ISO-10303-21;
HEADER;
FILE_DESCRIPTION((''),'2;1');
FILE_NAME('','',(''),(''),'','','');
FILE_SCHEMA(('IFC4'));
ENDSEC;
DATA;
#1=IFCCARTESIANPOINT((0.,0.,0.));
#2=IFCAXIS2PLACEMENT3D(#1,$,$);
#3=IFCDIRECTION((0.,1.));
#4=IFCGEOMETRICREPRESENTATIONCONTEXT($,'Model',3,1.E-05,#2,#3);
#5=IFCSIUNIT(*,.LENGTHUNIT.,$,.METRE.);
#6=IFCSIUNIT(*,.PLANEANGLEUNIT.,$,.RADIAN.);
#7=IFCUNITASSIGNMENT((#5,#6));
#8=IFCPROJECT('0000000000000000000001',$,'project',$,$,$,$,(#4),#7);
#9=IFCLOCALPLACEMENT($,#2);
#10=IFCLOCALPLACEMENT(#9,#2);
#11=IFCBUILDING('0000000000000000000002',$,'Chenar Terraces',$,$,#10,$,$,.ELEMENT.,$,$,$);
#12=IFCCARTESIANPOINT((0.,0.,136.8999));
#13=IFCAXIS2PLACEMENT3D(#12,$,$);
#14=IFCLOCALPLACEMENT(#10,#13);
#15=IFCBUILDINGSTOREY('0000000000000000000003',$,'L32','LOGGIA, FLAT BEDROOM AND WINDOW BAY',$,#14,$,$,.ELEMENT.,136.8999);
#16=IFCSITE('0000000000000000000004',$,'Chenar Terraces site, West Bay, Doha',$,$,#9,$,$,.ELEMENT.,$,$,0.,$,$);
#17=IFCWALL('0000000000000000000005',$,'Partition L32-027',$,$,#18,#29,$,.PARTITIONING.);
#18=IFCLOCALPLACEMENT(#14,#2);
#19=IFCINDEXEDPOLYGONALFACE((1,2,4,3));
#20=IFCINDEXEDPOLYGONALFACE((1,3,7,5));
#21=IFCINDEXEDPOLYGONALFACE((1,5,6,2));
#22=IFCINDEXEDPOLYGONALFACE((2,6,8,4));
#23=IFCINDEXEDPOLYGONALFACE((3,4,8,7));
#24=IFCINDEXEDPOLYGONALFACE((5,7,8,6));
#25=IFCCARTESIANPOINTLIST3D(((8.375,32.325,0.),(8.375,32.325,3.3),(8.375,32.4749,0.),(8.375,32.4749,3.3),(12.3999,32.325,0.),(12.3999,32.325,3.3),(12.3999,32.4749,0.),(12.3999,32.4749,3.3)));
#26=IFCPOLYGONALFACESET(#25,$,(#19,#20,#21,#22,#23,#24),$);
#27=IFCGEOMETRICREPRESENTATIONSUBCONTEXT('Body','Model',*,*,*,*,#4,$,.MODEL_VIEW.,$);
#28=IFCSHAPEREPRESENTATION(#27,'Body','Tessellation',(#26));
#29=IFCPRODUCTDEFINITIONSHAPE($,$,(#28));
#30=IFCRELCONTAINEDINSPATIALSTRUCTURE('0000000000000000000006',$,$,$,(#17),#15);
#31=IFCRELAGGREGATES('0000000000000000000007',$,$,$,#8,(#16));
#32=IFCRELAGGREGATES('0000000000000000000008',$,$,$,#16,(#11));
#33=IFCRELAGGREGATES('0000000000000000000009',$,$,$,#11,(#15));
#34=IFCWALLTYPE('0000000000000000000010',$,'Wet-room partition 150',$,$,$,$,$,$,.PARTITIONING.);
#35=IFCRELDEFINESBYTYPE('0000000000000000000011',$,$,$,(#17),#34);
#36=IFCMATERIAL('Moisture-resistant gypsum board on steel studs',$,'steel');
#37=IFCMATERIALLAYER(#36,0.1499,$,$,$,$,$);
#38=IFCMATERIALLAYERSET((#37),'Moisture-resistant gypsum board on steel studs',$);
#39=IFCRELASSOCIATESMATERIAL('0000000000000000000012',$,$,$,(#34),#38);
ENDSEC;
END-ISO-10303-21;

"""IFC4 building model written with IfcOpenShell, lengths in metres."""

from ifc_helpers import new_model, si_unit, direction, frame, frame_2d, origin, place, context, subcontext, project, spatial, rectangle, extrude, material, layer, layer_set, type_object, element, save


model = new_model("IFC4")

# Units and contexts
model_context = context("Model", 3, precision=1e-05, world=origin(), true_north=direction((0.0, 1.0)))
body_context = subcontext(model_context, "Body", "Model", "MODEL_VIEW")
ifc_project = project(units=[si_unit("LENGTHUNIT", "METRE"), si_unit("PLANEANGLEUNIT", "RADIAN")], contexts=[model_context])

# Site, building, storey
site_placement = place(None, origin())
site = spatial("IfcSite", under=ifc_project, at=site_placement, Name="Chenar Terraces site, West Bay, Doha", CompositionType="ELEMENT", RefElevation=0.0)
building_placement = place(site_placement, origin())
building = spatial("IfcBuilding", under=site, at=building_placement, Name="Chenar Terraces", CompositionType="ELEMENT")
storey_placement = place(building_placement, frame((0.0, 0.0, 136.8999)))
storey = spatial("IfcBuildingStorey", under=building, at=storey_placement, Name="L32", Description="LOGGIA, FLAT BEDROOM AND WINDOW BAY", CompositionType="ELEMENT", Elevation=136.8999)

# Wall
ifc_material_1 = material(Name="Moisture-resistant gypsum board on steel studs", Category="steel")
ifc_layer_1 = layer(ifc_material_1, 0.1499)
ifc_layer_set_1 = layer_set([ifc_layer_1], Name="Moisture-resistant gypsum board on steel studs")
wall_type_1 = type_object("IfcWallType", Name="Wet-room partition 150", PredefinedType="PARTITIONING", material=ifc_layer_set_1)
for number, where, z_axis, x_axis, name in (
    (1, (8.375, 32.3999, 0.0), (0.0, 0.0, 1.0), (1.0, 0.0, 0.0), "Partition L32-027"),
):
    element("IfcWall", number, at=place(storey_placement, frame(where, z_axis=z_axis, x_axis=x_axis)), inside=storey, type_object=wall_type_1, Name=name, PredefinedType="PARTITIONING", context=body_context, shape_type="SweptSolid", body=[
        extrude(rectangle(XDim=4.0249, YDim=0.1499, at=frame_2d((2.0125, 0.0))), origin(), (0.0, 0.0, 1.0), 3.3),
    ])

save(model, "model.ifc")
